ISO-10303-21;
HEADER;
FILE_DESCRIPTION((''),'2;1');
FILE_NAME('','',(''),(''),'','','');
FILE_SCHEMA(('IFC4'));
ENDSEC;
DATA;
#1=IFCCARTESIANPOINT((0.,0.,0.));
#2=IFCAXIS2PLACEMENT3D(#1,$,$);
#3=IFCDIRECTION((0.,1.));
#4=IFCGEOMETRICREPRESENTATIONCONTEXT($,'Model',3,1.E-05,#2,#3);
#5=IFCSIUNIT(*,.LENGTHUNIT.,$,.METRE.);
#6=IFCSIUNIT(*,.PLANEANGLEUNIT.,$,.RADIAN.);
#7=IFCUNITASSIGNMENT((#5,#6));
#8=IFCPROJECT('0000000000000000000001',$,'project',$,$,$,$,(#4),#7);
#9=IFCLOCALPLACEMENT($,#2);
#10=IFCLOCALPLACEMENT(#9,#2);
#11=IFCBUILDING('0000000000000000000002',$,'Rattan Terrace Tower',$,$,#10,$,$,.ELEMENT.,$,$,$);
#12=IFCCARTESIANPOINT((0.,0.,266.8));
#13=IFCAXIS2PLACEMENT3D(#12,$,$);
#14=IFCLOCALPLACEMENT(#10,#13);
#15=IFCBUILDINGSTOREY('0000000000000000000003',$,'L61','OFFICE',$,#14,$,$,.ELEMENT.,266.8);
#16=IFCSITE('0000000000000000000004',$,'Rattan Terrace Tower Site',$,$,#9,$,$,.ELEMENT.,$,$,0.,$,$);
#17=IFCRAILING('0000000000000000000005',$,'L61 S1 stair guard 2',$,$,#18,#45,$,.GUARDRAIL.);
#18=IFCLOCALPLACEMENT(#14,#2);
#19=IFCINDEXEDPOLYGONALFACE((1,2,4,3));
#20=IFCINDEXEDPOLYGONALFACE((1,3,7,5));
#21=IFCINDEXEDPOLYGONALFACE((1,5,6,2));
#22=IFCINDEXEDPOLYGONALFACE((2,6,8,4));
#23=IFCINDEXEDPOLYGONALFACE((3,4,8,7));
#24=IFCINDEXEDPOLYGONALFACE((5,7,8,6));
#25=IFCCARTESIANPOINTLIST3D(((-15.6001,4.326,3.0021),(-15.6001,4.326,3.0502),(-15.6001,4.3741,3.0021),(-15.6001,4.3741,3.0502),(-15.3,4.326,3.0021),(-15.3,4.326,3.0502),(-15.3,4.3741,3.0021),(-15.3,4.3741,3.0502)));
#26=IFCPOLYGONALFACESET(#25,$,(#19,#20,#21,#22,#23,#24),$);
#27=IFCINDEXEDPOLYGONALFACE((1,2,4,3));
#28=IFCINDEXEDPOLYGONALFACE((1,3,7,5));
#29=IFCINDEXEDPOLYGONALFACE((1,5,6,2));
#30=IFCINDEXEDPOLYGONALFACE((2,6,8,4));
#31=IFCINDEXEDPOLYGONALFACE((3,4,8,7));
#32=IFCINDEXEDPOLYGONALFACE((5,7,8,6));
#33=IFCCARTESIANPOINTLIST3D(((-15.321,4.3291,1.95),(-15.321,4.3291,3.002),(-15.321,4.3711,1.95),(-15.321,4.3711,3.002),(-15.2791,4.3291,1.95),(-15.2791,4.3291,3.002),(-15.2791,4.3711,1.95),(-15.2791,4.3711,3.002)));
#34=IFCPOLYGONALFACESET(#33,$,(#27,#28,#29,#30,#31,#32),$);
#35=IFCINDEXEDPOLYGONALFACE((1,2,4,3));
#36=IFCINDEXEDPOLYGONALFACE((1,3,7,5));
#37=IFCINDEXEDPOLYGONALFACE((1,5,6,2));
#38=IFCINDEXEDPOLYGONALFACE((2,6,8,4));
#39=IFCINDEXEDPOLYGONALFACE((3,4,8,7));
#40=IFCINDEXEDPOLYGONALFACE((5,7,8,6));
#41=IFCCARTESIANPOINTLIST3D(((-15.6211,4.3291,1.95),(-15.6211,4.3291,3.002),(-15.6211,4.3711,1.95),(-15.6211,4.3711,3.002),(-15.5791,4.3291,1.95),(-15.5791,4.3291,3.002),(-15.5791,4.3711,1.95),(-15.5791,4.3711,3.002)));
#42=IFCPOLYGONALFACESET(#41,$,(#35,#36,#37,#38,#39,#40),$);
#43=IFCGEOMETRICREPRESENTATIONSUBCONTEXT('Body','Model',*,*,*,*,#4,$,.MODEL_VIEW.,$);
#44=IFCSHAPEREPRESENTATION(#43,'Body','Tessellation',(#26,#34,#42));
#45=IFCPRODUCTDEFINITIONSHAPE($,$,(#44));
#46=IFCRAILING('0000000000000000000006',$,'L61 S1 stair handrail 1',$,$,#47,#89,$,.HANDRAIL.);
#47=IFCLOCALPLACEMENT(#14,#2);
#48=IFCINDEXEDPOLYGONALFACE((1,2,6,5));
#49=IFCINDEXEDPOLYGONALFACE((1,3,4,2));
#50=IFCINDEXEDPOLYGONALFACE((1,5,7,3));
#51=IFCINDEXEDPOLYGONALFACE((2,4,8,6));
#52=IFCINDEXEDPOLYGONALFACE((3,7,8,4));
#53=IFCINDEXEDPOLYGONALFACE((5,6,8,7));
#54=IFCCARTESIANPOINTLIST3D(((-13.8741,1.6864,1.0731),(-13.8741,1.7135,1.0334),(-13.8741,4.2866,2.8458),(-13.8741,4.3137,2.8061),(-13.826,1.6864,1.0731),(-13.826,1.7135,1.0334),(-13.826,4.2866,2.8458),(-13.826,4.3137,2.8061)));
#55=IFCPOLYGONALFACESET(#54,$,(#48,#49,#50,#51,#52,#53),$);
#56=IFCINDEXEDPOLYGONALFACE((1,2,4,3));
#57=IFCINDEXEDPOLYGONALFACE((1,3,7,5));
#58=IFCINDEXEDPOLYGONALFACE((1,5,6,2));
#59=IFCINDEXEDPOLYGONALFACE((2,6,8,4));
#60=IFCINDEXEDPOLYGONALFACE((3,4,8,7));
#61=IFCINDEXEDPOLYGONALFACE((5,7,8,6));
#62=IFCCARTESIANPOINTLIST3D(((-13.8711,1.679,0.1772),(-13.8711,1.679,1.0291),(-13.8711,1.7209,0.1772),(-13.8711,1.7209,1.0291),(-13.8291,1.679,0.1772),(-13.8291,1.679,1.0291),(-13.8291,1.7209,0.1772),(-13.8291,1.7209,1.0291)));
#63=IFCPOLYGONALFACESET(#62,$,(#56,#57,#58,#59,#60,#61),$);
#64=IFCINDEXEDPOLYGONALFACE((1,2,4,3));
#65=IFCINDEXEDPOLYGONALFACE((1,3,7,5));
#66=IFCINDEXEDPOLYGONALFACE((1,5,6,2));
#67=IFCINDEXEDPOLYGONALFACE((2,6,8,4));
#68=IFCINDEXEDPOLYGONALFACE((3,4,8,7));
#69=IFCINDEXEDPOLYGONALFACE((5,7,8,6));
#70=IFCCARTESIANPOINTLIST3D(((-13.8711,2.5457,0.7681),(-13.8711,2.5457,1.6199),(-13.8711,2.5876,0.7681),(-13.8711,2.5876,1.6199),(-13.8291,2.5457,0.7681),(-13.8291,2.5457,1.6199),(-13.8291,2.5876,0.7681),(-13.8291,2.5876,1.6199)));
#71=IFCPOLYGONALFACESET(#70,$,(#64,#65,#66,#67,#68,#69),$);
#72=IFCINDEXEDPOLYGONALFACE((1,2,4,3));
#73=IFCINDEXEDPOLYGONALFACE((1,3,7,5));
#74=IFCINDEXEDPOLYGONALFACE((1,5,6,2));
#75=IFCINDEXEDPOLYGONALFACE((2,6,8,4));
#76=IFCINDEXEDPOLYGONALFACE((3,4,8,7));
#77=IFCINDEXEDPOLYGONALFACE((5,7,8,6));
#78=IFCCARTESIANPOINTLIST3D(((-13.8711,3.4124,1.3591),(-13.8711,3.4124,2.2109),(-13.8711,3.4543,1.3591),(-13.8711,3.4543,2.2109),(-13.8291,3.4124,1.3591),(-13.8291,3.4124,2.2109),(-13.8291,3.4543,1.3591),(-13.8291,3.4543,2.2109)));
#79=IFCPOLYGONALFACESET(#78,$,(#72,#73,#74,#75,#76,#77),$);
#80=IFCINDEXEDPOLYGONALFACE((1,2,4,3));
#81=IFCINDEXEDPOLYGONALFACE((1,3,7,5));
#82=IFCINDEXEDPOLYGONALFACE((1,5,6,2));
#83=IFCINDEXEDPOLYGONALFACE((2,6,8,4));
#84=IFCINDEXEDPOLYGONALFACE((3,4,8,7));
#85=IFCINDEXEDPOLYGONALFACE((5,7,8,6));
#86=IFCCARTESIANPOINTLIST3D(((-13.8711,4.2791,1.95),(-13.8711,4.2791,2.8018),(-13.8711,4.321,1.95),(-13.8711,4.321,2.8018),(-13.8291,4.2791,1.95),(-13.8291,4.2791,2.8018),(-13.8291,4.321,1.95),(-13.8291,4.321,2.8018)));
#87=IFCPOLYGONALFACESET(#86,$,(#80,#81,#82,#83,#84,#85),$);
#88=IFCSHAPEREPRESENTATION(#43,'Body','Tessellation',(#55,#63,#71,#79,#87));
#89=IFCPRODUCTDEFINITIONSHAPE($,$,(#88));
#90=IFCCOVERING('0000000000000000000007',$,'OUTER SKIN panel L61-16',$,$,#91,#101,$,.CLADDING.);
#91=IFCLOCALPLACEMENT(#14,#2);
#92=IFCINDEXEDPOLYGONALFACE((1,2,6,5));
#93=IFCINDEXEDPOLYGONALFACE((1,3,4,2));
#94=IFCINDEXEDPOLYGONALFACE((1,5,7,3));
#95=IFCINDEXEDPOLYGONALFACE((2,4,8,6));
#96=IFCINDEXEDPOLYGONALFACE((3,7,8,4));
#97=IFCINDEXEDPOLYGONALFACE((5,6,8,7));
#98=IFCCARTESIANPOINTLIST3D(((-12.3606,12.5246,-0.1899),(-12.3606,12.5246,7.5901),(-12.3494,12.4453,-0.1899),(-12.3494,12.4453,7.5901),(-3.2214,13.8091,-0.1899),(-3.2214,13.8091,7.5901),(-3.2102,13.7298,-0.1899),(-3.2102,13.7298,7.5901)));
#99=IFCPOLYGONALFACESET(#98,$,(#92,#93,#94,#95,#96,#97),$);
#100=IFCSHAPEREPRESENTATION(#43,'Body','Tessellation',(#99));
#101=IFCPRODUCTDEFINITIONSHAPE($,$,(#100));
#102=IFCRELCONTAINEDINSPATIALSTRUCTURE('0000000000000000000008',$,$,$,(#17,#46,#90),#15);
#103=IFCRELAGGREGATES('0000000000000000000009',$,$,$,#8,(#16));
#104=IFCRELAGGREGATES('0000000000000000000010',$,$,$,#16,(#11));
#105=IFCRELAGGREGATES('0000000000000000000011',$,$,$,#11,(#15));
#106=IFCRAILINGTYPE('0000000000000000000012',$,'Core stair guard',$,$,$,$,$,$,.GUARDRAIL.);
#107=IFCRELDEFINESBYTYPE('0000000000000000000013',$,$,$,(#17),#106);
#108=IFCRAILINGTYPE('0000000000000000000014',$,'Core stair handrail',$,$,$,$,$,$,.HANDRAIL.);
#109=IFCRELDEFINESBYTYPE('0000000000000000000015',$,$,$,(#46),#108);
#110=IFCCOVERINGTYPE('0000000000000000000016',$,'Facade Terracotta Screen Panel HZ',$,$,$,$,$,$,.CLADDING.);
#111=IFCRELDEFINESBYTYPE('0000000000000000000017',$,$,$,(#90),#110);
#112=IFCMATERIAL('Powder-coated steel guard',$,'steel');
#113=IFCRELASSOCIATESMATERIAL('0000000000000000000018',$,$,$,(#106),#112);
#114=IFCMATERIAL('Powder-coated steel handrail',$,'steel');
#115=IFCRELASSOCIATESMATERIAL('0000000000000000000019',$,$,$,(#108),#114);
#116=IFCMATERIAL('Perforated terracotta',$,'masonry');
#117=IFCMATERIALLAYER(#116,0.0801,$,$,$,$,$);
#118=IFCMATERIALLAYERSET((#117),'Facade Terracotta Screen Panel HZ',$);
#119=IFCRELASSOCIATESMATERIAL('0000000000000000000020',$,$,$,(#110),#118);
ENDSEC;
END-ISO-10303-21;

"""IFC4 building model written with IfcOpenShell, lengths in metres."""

from ifc_helpers import new_model, si_unit, direction, frame, origin, origin_2d, place, context, subcontext, project, spatial, rectangle, extrude, material, layer, layer_set, type_object, element, save


model = new_model("IFC4")

# Units and contexts
model_context = context("Model", 3, precision=1e-05, world=origin(), true_north=direction((0.0, 1.0)))
body_context = subcontext(model_context, "Body", "Model", "MODEL_VIEW")
ifc_project = project(units=[si_unit("LENGTHUNIT", "METRE"), si_unit("PLANEANGLEUNIT", "RADIAN")], contexts=[model_context])

# Site, building, storey
site_placement = place(None, origin())
site = spatial("IfcSite", under=ifc_project, at=site_placement, Name="Rattan Terrace Tower Site", CompositionType="ELEMENT", RefElevation=0.0)
building_placement = place(site_placement, origin())
building = spatial("IfcBuilding", under=site, at=building_placement, Name="Rattan Terrace Tower", CompositionType="ELEMENT")
storey_placement = place(building_placement, frame((0.0, 0.0, 266.8)))
storey = spatial("IfcBuildingStorey", under=building, at=storey_placement, Name="L61", Description="OFFICE", CompositionType="ELEMENT", Elevation=266.8)

# Railings
ifc_material_1 = material(Name="Powder-coated steel guard", Category="steel")
railing_type_1 = type_object("IfcRailingType", Name="Core stair guard", PredefinedType="GUARDRAIL", material=ifc_material_1)
railing_1_placement = place(storey_placement, frame((-15.3, 4.3501, 1.95)))
element("IfcRailing", 1, at=railing_1_placement, inside=storey, type_object=railing_type_1, Name="L61 S1 stair guard 2", PredefinedType="GUARDRAIL", context=body_context, shape_type="SweptSolid", body=[
    extrude(rectangle(XDim=0.0481, YDim=0.0481, at=origin_2d()), frame((0.0, 0.0, 1.0762), z_axis=(-1.0, 0.0, 0.0), x_axis=(0.0, -1.0, 0.0)), (0.0, 0.0, 1.0), 0.3),
    extrude(rectangle(XDim=0.042, YDim=0.042, at=origin_2d()), origin(), (0.0, 0.0, 1.0), 1.052),
    extrude(rectangle(XDim=0.042, YDim=0.042, at=origin_2d()), frame((-0.3, 0.0, 0.0)), (0.0, 0.0, 1.0), 1.052),
])
ifc_material_2 = material(Name="Powder-coated steel handrail", Category="steel")
railing_type_2 = type_object("IfcRailingType", Name="Core stair handrail", PredefinedType="HANDRAIL", material=ifc_material_2)
railing_2_placement = place(storey_placement, frame((-13.8501, 1.7, 0.1772)))
element("IfcRailing", 2, at=railing_2_placement, inside=storey, type_object=railing_type_2, Name="L61 S1 stair handrail 1", PredefinedType="HANDRAIL", context=body_context, shape_type="SweptSolid", body=[
    extrude(rectangle(XDim=0.0481, YDim=0.0481, at=origin_2d()), frame((0.0, 0.0, 0.876), z_axis=(0.0, 0.82624, 0.563318), x_axis=(-1.0, 0.0, 0.0)), (0.0, 0.0, 1.0), 3.147),
    extrude(rectangle(XDim=0.042, YDim=0.042, at=origin_2d()), origin(), (0.0, 0.0, 1.0), 0.8518),
    extrude(rectangle(XDim=0.042, YDim=0.042, at=origin_2d()), frame((0.0, 0.8667, 0.5908)), (0.0, 0.0, 1.0), 0.8518),
    extrude(rectangle(XDim=0.042, YDim=0.042, at=origin_2d()), frame((0.0, 1.7334, 1.1819)), (0.0, 0.0, 1.0), 0.8518),
    extrude(rectangle(XDim=0.042, YDim=0.042, at=origin_2d()), frame((0.0, 2.6001, 1.7727)), (0.0, 0.0, 1.0), 0.8518),
])

# Covering
ifc_material_3 = material(Name="Perforated terracotta", Category="masonry")
ifc_layer_1 = layer(ifc_material_3, 0.0801)
ifc_layer_set_1 = layer_set([ifc_layer_1], Name="Facade Terracotta Screen Panel HZ")
covering_type = type_object("IfcCoveringType", Name="Facade Terracotta Screen Panel HZ", PredefinedType="CLADDING", material=ifc_layer_set_1)
covering_placement = place(storey_placement, frame((-7.7854, 13.1272, -0.1899), z_axis=(0.0, 0.0, 1.0), x_axis=(-0.990266, -0.139189, 0.0)))
element("IfcCovering", 3, at=covering_placement, inside=storey, type_object=covering_type, Name="OUTER SKIN panel L61-16", PredefinedType="CLADDING", context=body_context, shape_type="SweptSolid", body=[
    extrude(rectangle(XDim=9.229, YDim=0.0801, at=origin_2d()), origin(), (0.0, 0.0, 1.0), 7.78),
])

save(model, "model.ifc")
